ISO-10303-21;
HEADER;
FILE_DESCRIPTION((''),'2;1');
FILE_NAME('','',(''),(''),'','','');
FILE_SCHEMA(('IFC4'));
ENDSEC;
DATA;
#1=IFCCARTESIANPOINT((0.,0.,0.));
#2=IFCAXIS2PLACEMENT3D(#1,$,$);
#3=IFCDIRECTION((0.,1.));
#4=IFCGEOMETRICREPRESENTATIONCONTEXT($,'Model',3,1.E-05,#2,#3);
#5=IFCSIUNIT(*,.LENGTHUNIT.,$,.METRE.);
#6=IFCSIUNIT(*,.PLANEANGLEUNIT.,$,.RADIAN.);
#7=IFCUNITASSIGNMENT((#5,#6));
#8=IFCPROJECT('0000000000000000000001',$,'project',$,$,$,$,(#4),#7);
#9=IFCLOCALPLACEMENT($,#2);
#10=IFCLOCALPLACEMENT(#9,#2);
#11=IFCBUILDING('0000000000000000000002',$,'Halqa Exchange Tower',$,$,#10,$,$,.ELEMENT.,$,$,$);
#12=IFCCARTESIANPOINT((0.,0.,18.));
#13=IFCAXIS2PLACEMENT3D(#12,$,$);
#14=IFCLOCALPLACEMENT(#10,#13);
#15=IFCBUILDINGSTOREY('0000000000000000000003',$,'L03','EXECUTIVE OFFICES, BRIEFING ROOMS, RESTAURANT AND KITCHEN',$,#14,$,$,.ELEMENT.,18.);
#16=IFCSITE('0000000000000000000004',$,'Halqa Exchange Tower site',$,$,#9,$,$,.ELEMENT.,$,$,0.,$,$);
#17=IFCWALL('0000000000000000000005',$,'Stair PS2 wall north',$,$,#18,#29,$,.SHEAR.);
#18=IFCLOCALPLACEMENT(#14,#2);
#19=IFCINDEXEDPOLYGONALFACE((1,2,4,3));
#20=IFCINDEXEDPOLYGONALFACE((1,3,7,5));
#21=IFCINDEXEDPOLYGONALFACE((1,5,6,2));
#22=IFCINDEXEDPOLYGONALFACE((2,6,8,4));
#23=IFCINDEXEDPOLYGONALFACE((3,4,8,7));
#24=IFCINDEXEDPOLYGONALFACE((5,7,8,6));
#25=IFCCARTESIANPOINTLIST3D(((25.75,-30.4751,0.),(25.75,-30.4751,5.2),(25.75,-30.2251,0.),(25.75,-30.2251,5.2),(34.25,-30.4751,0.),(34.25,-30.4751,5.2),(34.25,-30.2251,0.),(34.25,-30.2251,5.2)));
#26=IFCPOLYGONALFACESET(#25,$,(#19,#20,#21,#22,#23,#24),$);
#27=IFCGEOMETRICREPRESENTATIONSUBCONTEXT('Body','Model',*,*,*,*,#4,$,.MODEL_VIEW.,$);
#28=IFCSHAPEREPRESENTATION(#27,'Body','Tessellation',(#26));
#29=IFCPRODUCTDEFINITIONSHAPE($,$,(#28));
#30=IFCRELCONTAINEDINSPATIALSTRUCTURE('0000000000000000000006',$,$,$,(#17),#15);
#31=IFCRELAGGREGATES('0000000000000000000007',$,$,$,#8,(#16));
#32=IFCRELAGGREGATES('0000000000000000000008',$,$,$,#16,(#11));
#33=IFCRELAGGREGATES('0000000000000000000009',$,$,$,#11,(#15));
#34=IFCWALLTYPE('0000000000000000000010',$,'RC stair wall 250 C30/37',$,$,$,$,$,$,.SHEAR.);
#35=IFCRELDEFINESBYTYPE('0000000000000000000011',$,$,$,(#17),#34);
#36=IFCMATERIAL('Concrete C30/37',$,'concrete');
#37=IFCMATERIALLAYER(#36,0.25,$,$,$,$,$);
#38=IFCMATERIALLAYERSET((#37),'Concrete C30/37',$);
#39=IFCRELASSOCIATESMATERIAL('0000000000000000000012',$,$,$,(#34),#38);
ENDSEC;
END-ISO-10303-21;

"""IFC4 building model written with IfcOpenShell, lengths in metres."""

from ifc_helpers import new_model, si_unit, direction, frame, frame_2d, origin, place, context, subcontext, project, spatial, rectangle, extrude, material, layer, layer_set, type_object, element, save


model = new_model("IFC4")

# Units and contexts
model_context = context("Model", 3, precision=1e-05, world=origin(), true_north=direction((0.0, 1.0)))
body_context = subcontext(model_context, "Body", "Model", "MODEL_VIEW")
ifc_project = project(units=[si_unit("LENGTHUNIT", "METRE"), si_unit("PLANEANGLEUNIT", "RADIAN")], contexts=[model_context])

# Site, building, storey
site_placement = place(None, origin())
site = spatial("IfcSite", under=ifc_project, at=site_placement, Name="Halqa Exchange Tower site", CompositionType="ELEMENT", RefElevation=0.0)
building_placement = place(site_placement, origin())
building = spatial("IfcBuilding", under=site, at=building_placement, Name="Halqa Exchange Tower", CompositionType="ELEMENT")
storey_placement = place(building_placement, frame((0.0, 0.0, 18.0)))
storey = spatial("IfcBuildingStorey", under=building, at=storey_placement, Name="L03", Description="EXECUTIVE OFFICES, BRIEFING ROOMS, RESTAURANT AND KITCHEN", CompositionType="ELEMENT", Elevation=18.0)

# Wall
ifc_material_1 = material(Name="Concrete C30/37", Category="concrete")
ifc_layer_1 = layer(ifc_material_1, 0.25)
ifc_layer_set_1 = layer_set([ifc_layer_1], Name="Concrete C30/37")
wall_type_1 = type_object("IfcWallType", Name="RC stair wall 250 C30/37", PredefinedType="SHEAR", material=ifc_layer_set_1)
wall_1_placement = place(storey_placement, frame((25.75, -30.3501, 0.0), z_axis=(0.0, 0.0, 1.0), x_axis=(1.0, 0.0, 0.0)))
element("IfcWall", 1, at=wall_1_placement, inside=storey, type_object=wall_type_1, Name="Stair PS2 wall north", PredefinedType="SHEAR", context=body_context, shape_type="SweptSolid", body=[
    extrude(rectangle(XDim=8.5, YDim=0.25, at=frame_2d((4.25, 0.0))), origin(), (0.0, 0.0, 1.0), 5.2),
])

save(model, "model.ifc")
